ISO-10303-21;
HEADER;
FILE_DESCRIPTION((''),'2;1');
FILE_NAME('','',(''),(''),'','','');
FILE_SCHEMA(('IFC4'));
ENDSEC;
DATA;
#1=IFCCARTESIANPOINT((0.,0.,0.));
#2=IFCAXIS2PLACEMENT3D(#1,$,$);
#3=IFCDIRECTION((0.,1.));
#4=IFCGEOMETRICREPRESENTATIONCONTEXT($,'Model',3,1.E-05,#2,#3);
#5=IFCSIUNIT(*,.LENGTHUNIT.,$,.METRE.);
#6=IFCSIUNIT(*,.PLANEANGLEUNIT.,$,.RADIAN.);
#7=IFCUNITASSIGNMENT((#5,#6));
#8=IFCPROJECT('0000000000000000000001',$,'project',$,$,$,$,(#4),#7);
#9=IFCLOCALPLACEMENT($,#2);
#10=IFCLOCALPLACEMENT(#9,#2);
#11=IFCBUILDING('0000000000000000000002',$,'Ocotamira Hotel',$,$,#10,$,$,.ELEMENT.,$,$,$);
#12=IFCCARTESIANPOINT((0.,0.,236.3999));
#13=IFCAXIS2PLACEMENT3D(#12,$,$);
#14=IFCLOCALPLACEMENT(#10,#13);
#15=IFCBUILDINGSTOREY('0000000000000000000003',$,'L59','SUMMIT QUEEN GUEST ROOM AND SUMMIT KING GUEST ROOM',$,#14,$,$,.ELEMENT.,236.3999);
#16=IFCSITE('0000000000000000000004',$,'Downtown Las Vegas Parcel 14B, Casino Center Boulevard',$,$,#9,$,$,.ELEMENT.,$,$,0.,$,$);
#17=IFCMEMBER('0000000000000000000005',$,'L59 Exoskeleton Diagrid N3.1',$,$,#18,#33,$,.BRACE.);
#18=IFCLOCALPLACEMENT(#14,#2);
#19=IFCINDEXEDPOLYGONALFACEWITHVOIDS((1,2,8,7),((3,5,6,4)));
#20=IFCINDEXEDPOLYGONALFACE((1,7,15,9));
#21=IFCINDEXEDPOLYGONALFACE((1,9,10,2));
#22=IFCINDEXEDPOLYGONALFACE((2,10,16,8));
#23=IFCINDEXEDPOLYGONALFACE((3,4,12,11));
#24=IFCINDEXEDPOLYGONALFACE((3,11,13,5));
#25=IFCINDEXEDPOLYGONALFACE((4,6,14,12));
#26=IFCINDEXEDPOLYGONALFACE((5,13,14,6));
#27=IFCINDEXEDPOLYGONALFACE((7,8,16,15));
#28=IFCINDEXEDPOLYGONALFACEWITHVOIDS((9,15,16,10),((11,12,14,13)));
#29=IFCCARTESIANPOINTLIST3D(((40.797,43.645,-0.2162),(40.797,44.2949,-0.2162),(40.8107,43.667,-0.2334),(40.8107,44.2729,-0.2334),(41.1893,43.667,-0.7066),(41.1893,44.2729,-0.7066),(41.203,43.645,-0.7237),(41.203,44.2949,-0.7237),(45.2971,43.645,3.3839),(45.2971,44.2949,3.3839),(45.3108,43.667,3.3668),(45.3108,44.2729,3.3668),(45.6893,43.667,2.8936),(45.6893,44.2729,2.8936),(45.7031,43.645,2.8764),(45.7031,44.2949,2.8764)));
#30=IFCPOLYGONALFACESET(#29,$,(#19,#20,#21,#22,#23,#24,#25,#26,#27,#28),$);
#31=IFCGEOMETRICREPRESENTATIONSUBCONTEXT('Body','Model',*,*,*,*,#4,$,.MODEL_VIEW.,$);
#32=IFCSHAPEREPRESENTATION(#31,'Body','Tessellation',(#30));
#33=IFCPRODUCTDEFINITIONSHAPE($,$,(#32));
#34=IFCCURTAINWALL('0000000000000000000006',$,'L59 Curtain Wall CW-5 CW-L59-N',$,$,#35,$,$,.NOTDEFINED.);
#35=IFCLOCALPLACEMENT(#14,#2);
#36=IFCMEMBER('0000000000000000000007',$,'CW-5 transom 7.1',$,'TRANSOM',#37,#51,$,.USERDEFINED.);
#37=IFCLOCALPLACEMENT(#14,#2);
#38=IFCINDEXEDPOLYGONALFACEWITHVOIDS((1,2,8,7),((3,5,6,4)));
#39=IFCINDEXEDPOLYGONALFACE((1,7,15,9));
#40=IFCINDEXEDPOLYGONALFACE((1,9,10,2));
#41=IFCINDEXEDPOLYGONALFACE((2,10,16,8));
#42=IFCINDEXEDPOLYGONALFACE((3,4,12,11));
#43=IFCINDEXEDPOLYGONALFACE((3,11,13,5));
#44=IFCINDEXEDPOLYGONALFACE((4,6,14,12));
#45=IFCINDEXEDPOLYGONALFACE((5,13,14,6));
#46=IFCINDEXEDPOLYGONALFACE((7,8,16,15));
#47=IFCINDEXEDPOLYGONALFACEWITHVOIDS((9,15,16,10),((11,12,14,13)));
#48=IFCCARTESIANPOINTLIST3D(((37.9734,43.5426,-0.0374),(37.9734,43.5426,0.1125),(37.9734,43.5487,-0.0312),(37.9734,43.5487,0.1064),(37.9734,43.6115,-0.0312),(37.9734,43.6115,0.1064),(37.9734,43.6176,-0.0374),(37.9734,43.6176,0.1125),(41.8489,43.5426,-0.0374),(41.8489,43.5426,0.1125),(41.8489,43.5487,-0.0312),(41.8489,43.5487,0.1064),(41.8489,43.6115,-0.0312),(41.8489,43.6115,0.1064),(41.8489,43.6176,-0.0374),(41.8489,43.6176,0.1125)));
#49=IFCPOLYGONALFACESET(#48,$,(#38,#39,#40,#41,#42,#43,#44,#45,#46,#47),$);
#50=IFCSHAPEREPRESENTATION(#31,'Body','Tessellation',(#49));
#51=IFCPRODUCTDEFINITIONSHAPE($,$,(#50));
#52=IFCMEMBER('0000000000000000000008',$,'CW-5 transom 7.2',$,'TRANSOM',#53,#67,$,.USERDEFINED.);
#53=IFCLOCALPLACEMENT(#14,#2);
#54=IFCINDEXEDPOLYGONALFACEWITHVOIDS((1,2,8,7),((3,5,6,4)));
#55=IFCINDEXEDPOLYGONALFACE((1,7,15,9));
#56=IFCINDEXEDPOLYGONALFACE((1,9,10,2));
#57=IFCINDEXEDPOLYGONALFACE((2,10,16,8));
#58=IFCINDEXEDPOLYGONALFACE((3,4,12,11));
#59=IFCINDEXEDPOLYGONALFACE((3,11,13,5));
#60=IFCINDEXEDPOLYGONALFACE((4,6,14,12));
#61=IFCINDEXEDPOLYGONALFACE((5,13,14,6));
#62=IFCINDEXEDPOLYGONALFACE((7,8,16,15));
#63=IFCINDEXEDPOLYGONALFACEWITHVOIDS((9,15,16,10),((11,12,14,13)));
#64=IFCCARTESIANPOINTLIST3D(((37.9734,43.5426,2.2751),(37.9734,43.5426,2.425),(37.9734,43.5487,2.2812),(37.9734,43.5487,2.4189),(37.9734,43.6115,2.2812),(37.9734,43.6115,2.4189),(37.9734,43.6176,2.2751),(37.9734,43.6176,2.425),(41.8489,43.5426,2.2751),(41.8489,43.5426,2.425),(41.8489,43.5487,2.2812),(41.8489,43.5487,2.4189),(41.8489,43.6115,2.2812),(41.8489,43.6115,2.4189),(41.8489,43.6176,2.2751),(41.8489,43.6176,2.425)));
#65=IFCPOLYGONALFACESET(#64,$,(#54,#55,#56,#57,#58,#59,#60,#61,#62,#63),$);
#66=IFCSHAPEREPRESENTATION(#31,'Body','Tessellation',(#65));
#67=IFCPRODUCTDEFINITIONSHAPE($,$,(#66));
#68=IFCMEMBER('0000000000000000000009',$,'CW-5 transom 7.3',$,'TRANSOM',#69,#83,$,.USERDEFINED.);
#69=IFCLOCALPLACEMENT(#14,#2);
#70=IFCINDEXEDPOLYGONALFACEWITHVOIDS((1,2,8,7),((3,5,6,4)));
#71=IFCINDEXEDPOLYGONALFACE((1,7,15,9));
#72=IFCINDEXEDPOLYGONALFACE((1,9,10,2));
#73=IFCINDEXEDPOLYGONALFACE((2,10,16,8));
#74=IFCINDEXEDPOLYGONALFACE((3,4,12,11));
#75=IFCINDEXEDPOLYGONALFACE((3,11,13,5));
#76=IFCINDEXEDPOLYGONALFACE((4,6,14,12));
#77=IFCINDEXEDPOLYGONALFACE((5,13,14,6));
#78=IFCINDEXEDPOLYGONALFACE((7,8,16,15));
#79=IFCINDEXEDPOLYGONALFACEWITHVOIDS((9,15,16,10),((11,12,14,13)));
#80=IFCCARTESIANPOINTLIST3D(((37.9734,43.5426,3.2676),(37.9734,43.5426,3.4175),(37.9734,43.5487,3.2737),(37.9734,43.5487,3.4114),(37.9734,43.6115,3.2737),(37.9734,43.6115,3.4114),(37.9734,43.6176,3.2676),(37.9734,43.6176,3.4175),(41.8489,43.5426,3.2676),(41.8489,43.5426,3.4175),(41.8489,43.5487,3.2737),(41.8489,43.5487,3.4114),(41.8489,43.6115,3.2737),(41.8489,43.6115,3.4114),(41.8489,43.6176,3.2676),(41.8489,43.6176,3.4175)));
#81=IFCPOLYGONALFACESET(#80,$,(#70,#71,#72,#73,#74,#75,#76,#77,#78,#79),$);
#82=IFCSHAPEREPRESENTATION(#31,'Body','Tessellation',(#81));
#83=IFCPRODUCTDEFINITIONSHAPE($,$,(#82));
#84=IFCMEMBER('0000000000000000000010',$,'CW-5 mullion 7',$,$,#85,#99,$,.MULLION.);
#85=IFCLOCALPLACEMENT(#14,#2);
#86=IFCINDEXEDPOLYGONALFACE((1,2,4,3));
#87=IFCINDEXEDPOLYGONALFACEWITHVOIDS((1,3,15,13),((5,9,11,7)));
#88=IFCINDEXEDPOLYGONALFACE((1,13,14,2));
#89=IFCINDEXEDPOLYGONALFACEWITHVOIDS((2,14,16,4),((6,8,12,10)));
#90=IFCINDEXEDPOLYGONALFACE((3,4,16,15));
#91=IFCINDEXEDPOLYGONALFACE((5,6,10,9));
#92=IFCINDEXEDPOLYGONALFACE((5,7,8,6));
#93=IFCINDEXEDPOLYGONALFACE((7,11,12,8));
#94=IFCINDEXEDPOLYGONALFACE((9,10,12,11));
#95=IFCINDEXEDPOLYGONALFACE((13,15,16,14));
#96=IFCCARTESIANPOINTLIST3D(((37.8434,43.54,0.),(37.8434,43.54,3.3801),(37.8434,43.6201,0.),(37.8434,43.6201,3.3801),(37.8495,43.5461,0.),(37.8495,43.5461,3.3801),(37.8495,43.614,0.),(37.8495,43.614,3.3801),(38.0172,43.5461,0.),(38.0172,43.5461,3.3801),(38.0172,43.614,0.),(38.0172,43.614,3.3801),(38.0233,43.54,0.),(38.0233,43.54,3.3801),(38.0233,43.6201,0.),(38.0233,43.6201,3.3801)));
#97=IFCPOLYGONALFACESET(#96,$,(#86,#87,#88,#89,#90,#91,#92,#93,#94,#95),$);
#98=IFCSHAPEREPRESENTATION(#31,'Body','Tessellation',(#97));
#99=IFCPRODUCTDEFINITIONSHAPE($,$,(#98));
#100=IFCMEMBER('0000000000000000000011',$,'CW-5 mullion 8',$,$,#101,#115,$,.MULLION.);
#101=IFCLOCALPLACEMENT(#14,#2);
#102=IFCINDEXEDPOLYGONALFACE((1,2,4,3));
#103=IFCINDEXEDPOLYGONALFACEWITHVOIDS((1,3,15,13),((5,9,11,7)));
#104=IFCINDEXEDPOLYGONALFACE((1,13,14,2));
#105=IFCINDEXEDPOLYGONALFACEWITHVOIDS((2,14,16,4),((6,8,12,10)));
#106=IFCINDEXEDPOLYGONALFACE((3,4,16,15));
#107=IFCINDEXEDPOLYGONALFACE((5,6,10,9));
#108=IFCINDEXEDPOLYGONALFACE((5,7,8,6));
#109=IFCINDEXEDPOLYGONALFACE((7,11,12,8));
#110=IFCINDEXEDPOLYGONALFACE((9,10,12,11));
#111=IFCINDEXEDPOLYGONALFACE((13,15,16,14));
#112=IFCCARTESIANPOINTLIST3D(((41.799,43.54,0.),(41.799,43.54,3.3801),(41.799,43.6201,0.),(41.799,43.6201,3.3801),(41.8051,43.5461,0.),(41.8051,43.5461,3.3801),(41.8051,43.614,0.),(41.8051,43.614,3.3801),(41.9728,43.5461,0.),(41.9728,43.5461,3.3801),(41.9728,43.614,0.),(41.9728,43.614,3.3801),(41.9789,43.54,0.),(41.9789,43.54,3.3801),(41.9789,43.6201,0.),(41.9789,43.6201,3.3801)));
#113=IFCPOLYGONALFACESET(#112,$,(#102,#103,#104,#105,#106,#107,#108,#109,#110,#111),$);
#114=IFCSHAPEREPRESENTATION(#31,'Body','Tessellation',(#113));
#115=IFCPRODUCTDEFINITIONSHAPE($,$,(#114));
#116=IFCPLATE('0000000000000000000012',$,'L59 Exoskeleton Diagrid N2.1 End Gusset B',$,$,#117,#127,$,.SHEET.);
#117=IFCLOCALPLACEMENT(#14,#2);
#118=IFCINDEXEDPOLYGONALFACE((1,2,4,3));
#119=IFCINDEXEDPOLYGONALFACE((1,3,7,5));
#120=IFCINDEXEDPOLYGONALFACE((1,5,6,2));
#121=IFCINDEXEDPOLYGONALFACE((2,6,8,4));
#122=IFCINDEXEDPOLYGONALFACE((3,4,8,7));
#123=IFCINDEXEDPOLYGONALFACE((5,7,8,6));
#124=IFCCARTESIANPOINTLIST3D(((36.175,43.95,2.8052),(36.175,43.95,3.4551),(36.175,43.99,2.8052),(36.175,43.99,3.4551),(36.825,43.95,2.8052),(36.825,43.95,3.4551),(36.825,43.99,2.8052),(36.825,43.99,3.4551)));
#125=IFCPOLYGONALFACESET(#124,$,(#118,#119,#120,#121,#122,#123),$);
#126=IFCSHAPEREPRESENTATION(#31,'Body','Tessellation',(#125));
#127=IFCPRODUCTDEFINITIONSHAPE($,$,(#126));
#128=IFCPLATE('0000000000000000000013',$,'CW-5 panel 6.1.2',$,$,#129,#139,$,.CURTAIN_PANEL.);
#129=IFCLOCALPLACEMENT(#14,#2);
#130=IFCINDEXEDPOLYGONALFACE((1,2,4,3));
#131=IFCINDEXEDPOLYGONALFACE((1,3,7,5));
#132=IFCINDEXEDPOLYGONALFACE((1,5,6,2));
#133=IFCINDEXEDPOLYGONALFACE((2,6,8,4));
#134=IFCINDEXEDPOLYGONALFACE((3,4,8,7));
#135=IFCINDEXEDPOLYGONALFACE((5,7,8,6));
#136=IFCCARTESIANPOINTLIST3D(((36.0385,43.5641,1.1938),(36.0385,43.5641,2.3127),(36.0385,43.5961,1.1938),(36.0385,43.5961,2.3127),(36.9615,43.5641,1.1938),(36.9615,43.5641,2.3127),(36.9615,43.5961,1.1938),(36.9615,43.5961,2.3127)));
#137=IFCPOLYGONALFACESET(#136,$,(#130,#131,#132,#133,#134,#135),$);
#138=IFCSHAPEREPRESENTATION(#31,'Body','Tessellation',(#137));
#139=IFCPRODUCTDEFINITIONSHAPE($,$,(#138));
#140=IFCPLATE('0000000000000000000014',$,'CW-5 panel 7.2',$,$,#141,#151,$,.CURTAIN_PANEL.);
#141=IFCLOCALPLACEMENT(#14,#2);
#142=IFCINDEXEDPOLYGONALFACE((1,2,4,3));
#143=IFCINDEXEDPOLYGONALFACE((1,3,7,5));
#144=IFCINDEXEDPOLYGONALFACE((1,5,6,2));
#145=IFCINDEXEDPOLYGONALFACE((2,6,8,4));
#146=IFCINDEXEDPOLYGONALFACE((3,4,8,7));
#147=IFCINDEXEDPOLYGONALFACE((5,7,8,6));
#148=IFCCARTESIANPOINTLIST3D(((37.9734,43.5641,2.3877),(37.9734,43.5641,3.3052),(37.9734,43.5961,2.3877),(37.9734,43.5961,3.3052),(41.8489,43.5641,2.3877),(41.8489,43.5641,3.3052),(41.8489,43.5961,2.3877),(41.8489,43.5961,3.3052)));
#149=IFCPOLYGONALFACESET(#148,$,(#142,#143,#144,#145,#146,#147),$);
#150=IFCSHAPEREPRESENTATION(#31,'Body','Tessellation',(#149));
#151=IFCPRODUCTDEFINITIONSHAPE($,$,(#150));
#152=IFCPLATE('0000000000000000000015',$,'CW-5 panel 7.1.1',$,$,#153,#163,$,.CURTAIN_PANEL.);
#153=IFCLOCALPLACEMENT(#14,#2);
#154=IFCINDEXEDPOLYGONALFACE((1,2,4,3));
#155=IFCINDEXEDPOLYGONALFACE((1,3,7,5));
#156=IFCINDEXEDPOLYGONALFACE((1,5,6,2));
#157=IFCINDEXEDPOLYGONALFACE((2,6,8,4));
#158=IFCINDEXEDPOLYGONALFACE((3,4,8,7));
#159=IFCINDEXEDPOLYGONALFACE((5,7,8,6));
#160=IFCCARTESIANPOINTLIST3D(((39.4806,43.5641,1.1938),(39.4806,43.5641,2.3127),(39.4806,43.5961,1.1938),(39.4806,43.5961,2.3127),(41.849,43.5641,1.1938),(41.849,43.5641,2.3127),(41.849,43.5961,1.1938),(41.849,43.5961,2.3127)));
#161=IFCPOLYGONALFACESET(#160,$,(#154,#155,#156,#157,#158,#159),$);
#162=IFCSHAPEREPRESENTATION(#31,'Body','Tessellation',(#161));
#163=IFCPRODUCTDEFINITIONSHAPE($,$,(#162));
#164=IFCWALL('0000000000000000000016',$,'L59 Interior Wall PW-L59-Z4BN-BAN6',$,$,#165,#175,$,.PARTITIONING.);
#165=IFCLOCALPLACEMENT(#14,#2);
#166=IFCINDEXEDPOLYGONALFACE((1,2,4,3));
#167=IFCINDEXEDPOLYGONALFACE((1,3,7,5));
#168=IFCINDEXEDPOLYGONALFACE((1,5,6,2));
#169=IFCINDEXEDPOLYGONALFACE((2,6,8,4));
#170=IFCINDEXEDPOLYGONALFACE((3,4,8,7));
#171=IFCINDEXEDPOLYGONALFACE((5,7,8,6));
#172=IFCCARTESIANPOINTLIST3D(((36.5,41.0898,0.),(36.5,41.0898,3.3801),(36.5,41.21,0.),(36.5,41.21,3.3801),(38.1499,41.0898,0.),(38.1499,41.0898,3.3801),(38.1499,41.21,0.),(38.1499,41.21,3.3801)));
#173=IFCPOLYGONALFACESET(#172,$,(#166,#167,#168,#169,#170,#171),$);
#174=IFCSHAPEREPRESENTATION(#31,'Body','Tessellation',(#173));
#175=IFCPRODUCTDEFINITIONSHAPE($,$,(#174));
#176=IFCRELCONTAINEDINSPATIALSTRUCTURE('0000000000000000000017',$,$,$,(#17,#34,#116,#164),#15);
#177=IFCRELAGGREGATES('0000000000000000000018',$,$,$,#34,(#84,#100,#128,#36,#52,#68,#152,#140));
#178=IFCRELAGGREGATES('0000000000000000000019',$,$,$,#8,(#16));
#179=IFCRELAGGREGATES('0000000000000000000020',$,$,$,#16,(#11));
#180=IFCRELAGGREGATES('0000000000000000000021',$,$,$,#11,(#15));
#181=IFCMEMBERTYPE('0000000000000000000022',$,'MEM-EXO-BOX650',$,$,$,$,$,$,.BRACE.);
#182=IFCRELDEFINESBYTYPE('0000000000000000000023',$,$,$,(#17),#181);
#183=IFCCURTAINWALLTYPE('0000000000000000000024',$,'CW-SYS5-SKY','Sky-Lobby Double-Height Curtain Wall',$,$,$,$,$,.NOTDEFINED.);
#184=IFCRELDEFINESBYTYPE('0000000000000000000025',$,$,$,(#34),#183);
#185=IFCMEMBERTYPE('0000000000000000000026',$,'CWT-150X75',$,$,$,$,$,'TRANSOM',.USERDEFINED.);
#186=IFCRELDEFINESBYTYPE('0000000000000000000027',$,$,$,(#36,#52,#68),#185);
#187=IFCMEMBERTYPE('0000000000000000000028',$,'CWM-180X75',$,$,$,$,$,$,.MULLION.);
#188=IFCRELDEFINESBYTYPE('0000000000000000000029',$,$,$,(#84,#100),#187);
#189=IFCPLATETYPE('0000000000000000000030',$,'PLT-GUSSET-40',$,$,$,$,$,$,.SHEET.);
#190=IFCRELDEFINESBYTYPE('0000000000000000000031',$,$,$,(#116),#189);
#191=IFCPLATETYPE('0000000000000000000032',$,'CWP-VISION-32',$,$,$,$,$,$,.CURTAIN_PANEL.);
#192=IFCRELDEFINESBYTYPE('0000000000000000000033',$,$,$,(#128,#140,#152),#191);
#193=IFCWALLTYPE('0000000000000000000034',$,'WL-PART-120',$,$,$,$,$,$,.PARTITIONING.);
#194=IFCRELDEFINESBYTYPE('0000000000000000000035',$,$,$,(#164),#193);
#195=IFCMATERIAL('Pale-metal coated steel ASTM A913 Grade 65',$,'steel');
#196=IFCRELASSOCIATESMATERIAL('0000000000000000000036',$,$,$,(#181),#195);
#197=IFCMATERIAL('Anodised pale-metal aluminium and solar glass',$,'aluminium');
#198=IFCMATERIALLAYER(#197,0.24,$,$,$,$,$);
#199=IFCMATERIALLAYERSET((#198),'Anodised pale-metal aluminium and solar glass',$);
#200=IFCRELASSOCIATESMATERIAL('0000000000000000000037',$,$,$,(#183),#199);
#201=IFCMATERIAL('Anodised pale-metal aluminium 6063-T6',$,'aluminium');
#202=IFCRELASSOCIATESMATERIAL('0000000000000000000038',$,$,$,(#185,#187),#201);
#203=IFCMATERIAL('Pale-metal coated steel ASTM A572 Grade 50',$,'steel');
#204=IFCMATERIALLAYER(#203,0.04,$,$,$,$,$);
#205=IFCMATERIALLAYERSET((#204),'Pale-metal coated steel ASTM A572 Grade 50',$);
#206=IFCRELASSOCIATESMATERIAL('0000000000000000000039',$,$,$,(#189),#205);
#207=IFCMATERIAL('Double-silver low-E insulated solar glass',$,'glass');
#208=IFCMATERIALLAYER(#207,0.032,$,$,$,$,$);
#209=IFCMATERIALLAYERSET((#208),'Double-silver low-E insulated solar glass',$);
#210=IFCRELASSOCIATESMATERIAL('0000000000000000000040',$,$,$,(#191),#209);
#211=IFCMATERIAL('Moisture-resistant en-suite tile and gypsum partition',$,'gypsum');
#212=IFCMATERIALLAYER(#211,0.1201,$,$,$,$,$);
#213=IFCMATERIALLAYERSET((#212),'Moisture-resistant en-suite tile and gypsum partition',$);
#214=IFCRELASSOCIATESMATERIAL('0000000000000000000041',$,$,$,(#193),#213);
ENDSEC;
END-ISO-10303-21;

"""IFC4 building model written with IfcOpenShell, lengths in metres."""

from ifc_helpers import new_model, si_unit, direction, frame, frame_2d, origin, origin_2d, place, context, subcontext, project, spatial, rectangle, hollow_rectangle, extrude, source, transform, mapped, material, layer, layer_set, material_profile, profile_set, type_object, element, aggregate, save


model = new_model("IFC4")

# Units and contexts
model_context = context("Model", 3, precision=1e-05, world=origin(), true_north=direction((0.0, 1.0)))
body_context = subcontext(model_context, "Body", "Model", "MODEL_VIEW")
ifc_project = project(units=[si_unit("LENGTHUNIT", "METRE"), si_unit("PLANEANGLEUNIT", "RADIAN")], contexts=[model_context])

# Site, building, storey
site_placement = place(None, origin())
site = spatial("IfcSite", under=ifc_project, at=site_placement, Name="Downtown Las Vegas Parcel 14B, Casino Center Boulevard", CompositionType="ELEMENT", RefElevation=0.0)
building_placement = place(site_placement, origin())
building = spatial("IfcBuilding", under=site, at=building_placement, Name="Ocotamira Hotel", CompositionType="ELEMENT")
storey_placement = place(building_placement, frame((0.0, 0.0, 236.3999)))
storey = spatial("IfcBuildingStorey", under=building, at=storey_placement, Name="L59", Description="SUMMIT QUEEN GUEST ROOM AND SUMMIT KING GUEST ROOM", CompositionType="ELEMENT", Elevation=236.3999)

# Member
ifc_material_1 = material(Name="Pale-metal coated steel ASTM A913 Grade 65", Category="steel")
ifc_material_profile_1 = material_profile(ifc_material_1, hollow_rectangle(XDim=0.6499, YDim=0.6499, WallThickness=0.022, at=origin_2d()), Name="BOX650X650X22")
ifc_profile_set_1 = profile_set([ifc_material_profile_1], Name="Pale-metal coated steel ASTM A913 Grade 65")
member_type_1 = type_object("IfcMemberType", Name="MEM-EXO-BOX650", PredefinedType="BRACE", material=ifc_profile_set_1)
shared_shape_1 = source(origin(), body_context, "Body", "SweptSolid", [
    extrude(hollow_rectangle(XDim=0.6499, YDim=0.6499, WallThickness=0.022, at=origin_2d()), origin(), (0.0, 0.0, 1.0), 5.7629),
])
for number, where, z_axis, x_axis, name in (
    (1, (41.0, 43.97, -0.47), (0.780861, 0.0, 0.624705), (0.0, 1.0, 0.0), "L59 Exoskeleton Diagrid N3.1"),
):
    element("IfcMember", number, at=place(storey_placement, frame(where, z_axis=z_axis, x_axis=x_axis)), inside=storey, type_object=member_type_1, Name=name, PredefinedType="BRACE", context=body_context, shape_type="MappedRepresentation", body=[
        mapped(shared_shape_1, transform((0.0, 0.0, 0.0), scale=1.0)),
    ])

# Curtain wall, members
ifc_material_2 = material(Name="Anodised pale-metal aluminium and solar glass", Category="aluminium")
ifc_layer_1 = layer(ifc_material_2, 0.24)
ifc_layer_set_1 = layer_set([ifc_layer_1], Name="Anodised pale-metal aluminium and solar glass")
curtain_wall_type = type_object("IfcCurtainWallType", Name="CW-SYS5-SKY", Description="Sky-Lobby Double-Height Curtain Wall", PredefinedType="NOTDEFINED", material=ifc_layer_set_1)
curtain_wall_placement = place(storey_placement, origin())
curtain_wall = element("IfcCurtainWall", 2, at=curtain_wall_placement, inside=storey, type_object=curtain_wall_type, Name="L59 Curtain Wall CW-5 CW-L59-N", PredefinedType="NOTDEFINED")
ifc_material_3 = material(Name="Anodised pale-metal aluminium 6063-T6", Category="aluminium")
ifc_material_profile_2 = material_profile(ifc_material_3, hollow_rectangle(XDim=0.075, YDim=0.1499, WallThickness=0.0061, at=origin_2d()), Name="HSS150X75X6")
ifc_profile_set_2 = profile_set([ifc_material_profile_2], Name="Anodised pale-metal aluminium 6063-T6")
member_type_2 = type_object("IfcMemberType", Name="CWT-150X75", ElementType="TRANSOM", PredefinedType="USERDEFINED", material=ifc_profile_set_2)
shared_shape_2 = source(origin(), body_context, "Body", "SweptSolid", [
    extrude(hollow_rectangle(XDim=0.075, YDim=0.1499, WallThickness=0.0061, at=origin_2d()), origin(), (0.0, 0.0, 1.0), 3.8755),
])
member_1_placement = place(storey_placement, frame((37.9734, 43.5801, 0.0376), z_axis=(1.0, 0.0, 0.0), x_axis=(0.0, 1.0, 0.0)))
member_1 = element("IfcMember", 3, at=member_1_placement, type_object=member_type_2, Name="CW-5 transom 7.1", ObjectType="TRANSOM", PredefinedType="USERDEFINED", context=body_context, shape_type="MappedRepresentation", body=[
    mapped(shared_shape_2, transform((0.0, 0.0, 0.0), scale=1.0)),
])
member_2_placement = place(storey_placement, frame((37.9734, 43.5801, 2.3501), z_axis=(1.0, 0.0, 0.0), x_axis=(0.0, 1.0, 0.0)))
member_2 = element("IfcMember", 4, at=member_2_placement, type_object=member_type_2, Name="CW-5 transom 7.2", ObjectType="TRANSOM", PredefinedType="USERDEFINED", context=body_context, shape_type="MappedRepresentation", body=[
    mapped(shared_shape_2, transform((0.0, 0.0, 0.0), scale=1.0)),
])
member_3_placement = place(storey_placement, frame((37.9734, 43.5801, 3.3425), z_axis=(1.0, 0.0, 0.0), x_axis=(0.0, 1.0, 0.0)))
member_3 = element("IfcMember", 5, at=member_3_placement, type_object=member_type_2, Name="CW-5 transom 7.3", ObjectType="TRANSOM", PredefinedType="USERDEFINED", context=body_context, shape_type="MappedRepresentation", body=[
    mapped(shared_shape_2, transform((0.0, 0.0, 0.0), scale=1.0)),
])
ifc_material_profile_3 = material_profile(ifc_material_3, hollow_rectangle(XDim=0.0801, YDim=0.1799, WallThickness=0.0061, at=origin_2d()), Name="HSS180X80X6")
ifc_profile_set_3 = profile_set([ifc_material_profile_3], Name="Anodised pale-metal aluminium 6063-T6")
member_type_3 = type_object("IfcMemberType", Name="CWM-180X75", PredefinedType="MULLION", material=ifc_profile_set_3)
shared_shape_3 = source(origin(), body_context, "Body", "SweptSolid", [
    extrude(hollow_rectangle(XDim=0.0801, YDim=0.1799, WallThickness=0.0061, at=origin_2d()), origin(), (0.0, 0.0, 1.0), 3.3801),
])
member_4_placement = place(storey_placement, frame((37.9333, 43.5801, 0.0), z_axis=(0.0, 0.0, 1.0), x_axis=(0.0, 1.0, 0.0)))
member_4 = element("IfcMember", 6, at=member_4_placement, type_object=member_type_3, Name="CW-5 mullion 7", PredefinedType="MULLION", context=body_context, shape_type="MappedRepresentation", body=[
    mapped(shared_shape_3, transform((0.0, 0.0, 0.0), scale=1.0)),
])
member_5_placement = place(storey_placement, frame((41.8889, 43.5801, 0.0), z_axis=(0.0, 0.0, 1.0), x_axis=(0.0, 1.0, 0.0)))
member_5 = element("IfcMember", 7, at=member_5_placement, type_object=member_type_3, Name="CW-5 mullion 8", PredefinedType="MULLION", context=body_context, shape_type="MappedRepresentation", body=[
    mapped(shared_shape_3, transform((0.0, 0.0, 0.0), scale=1.0)),
])

# Plates
ifc_material_4 = material(Name="Pale-metal coated steel ASTM A572 Grade 50", Category="steel")
ifc_layer_2 = layer(ifc_material_4, 0.04)
ifc_layer_set_2 = layer_set([ifc_layer_2], Name="Pale-metal coated steel ASTM A572 Grade 50")
plate_type_1 = type_object("IfcPlateType", Name="PLT-GUSSET-40", PredefinedType="SHEET", material=ifc_layer_set_2)
shared_shape_4 = source(origin(), body_context, "Body", "SweptSolid", [
    extrude(rectangle(XDim=0.6499, YDim=0.04, at=origin_2d()), origin(), (0.0, 0.0, 1.0), 0.6499),
])
plate_1_placement = place(storey_placement, frame((36.5, 43.97, 2.8052), z_axis=(0.0, 0.0, 1.0), x_axis=(1.0, 0.0, 0.0)))
element("IfcPlate", 8, at=plate_1_placement, inside=storey, type_object=plate_type_1, Name="L59 Exoskeleton Diagrid N2.1 End Gusset B", PredefinedType="SHEET", context=body_context, shape_type="MappedRepresentation", body=[
    mapped(shared_shape_4, transform((0.0, 0.0, 0.0), scale=1.0)),
])
ifc_material_5 = material(Name="Double-silver low-E insulated solar glass", Category="glass")
ifc_layer_3 = layer(ifc_material_5, 0.032)
ifc_layer_set_3 = layer_set([ifc_layer_3], Name="Double-silver low-E insulated solar glass")
plate_type_2 = type_object("IfcPlateType", Name="CWP-VISION-32", PredefinedType="CURTAIN_PANEL", material=ifc_layer_set_3)
shared_shape_5 = source(origin(), body_context, "Body", "SweptSolid", [
    extrude(rectangle(XDim=0.9231, YDim=0.032, at=origin_2d()), origin(), (0.0, 0.0, 1.0), 1.1189),
])
plate_2_placement = place(storey_placement, frame((36.5, 43.5801, 1.1938), z_axis=(0.0, 0.0, 1.0), x_axis=(1.0, 0.0, 0.0)))
plate_2 = element("IfcPlate", 9, at=plate_2_placement, type_object=plate_type_2, Name="CW-5 panel 6.1.2", PredefinedType="CURTAIN_PANEL", context=body_context, shape_type="MappedRepresentation", body=[
    mapped(shared_shape_5, transform((0.0, 0.0, 0.0), scale=1.0)),
])
shared_shape_6 = source(origin(), body_context, "Body", "SweptSolid", [
    extrude(rectangle(XDim=3.8755, YDim=0.032, at=origin_2d()), origin(), (0.0, 0.0, 1.0), 0.9175),
])
plate_3_placement = place(storey_placement, frame((39.9111, 43.5801, 2.3877), z_axis=(0.0, 0.0, 1.0), x_axis=(1.0, 0.0, 0.0)))
plate_3 = element("IfcPlate", 10, at=plate_3_placement, type_object=plate_type_2, Name="CW-5 panel 7.2", PredefinedType="CURTAIN_PANEL", context=body_context, shape_type="MappedRepresentation", body=[
    mapped(shared_shape_6, transform((0.0, 0.0, 0.0), scale=1.0)),
])
shared_shape_7 = source(origin(), body_context, "Body", "SweptSolid", [
    extrude(rectangle(XDim=2.3684, YDim=0.032, at=origin_2d()), origin(), (0.0, 0.0, 1.0), 1.1189),
])
plate_4_placement = place(storey_placement, frame((40.6648, 43.5801, 1.1938), z_axis=(0.0, 0.0, 1.0), x_axis=(1.0, 0.0, 0.0)))
plate_4 = element("IfcPlate", 11, at=plate_4_placement, type_object=plate_type_2, Name="CW-5 panel 7.1.1", PredefinedType="CURTAIN_PANEL", context=body_context, shape_type="MappedRepresentation", body=[
    mapped(shared_shape_7, transform((0.0, 0.0, 0.0), scale=1.0)),
])
aggregate(curtain_wall, [member_4, member_5, plate_2, member_1, member_2, member_3, plate_4, plate_3])

# Wall
ifc_material_6 = material(Name="Moisture-resistant en-suite tile and gypsum partition", Category="gypsum")
ifc_layer_4 = layer(ifc_material_6, 0.1201)
ifc_layer_set_4 = layer_set([ifc_layer_4], Name="Moisture-resistant en-suite tile and gypsum partition")
wall_type = type_object("IfcWallType", Name="WL-PART-120", PredefinedType="PARTITIONING", material=ifc_layer_set_4)
for number, where, z_axis, x_axis, name in (
    (12, (36.5, 41.1499, 0.0), (0.0, 0.0, 1.0), (1.0, 0.0, 0.0), "L59 Interior Wall PW-L59-Z4BN-BAN6"),
):
    element("IfcWall", number, at=place(storey_placement, frame(where, z_axis=z_axis, x_axis=x_axis)), inside=storey, type_object=wall_type, Name=name, PredefinedType="PARTITIONING", context=body_context, shape_type="SweptSolid", body=[
        extrude(rectangle(XDim=1.6499, YDim=0.1201, at=frame_2d((0.825, 0.0))), origin(), (0.0, 0.0, 1.0), 3.3801),
    ])

save(model, "model.ifc")
